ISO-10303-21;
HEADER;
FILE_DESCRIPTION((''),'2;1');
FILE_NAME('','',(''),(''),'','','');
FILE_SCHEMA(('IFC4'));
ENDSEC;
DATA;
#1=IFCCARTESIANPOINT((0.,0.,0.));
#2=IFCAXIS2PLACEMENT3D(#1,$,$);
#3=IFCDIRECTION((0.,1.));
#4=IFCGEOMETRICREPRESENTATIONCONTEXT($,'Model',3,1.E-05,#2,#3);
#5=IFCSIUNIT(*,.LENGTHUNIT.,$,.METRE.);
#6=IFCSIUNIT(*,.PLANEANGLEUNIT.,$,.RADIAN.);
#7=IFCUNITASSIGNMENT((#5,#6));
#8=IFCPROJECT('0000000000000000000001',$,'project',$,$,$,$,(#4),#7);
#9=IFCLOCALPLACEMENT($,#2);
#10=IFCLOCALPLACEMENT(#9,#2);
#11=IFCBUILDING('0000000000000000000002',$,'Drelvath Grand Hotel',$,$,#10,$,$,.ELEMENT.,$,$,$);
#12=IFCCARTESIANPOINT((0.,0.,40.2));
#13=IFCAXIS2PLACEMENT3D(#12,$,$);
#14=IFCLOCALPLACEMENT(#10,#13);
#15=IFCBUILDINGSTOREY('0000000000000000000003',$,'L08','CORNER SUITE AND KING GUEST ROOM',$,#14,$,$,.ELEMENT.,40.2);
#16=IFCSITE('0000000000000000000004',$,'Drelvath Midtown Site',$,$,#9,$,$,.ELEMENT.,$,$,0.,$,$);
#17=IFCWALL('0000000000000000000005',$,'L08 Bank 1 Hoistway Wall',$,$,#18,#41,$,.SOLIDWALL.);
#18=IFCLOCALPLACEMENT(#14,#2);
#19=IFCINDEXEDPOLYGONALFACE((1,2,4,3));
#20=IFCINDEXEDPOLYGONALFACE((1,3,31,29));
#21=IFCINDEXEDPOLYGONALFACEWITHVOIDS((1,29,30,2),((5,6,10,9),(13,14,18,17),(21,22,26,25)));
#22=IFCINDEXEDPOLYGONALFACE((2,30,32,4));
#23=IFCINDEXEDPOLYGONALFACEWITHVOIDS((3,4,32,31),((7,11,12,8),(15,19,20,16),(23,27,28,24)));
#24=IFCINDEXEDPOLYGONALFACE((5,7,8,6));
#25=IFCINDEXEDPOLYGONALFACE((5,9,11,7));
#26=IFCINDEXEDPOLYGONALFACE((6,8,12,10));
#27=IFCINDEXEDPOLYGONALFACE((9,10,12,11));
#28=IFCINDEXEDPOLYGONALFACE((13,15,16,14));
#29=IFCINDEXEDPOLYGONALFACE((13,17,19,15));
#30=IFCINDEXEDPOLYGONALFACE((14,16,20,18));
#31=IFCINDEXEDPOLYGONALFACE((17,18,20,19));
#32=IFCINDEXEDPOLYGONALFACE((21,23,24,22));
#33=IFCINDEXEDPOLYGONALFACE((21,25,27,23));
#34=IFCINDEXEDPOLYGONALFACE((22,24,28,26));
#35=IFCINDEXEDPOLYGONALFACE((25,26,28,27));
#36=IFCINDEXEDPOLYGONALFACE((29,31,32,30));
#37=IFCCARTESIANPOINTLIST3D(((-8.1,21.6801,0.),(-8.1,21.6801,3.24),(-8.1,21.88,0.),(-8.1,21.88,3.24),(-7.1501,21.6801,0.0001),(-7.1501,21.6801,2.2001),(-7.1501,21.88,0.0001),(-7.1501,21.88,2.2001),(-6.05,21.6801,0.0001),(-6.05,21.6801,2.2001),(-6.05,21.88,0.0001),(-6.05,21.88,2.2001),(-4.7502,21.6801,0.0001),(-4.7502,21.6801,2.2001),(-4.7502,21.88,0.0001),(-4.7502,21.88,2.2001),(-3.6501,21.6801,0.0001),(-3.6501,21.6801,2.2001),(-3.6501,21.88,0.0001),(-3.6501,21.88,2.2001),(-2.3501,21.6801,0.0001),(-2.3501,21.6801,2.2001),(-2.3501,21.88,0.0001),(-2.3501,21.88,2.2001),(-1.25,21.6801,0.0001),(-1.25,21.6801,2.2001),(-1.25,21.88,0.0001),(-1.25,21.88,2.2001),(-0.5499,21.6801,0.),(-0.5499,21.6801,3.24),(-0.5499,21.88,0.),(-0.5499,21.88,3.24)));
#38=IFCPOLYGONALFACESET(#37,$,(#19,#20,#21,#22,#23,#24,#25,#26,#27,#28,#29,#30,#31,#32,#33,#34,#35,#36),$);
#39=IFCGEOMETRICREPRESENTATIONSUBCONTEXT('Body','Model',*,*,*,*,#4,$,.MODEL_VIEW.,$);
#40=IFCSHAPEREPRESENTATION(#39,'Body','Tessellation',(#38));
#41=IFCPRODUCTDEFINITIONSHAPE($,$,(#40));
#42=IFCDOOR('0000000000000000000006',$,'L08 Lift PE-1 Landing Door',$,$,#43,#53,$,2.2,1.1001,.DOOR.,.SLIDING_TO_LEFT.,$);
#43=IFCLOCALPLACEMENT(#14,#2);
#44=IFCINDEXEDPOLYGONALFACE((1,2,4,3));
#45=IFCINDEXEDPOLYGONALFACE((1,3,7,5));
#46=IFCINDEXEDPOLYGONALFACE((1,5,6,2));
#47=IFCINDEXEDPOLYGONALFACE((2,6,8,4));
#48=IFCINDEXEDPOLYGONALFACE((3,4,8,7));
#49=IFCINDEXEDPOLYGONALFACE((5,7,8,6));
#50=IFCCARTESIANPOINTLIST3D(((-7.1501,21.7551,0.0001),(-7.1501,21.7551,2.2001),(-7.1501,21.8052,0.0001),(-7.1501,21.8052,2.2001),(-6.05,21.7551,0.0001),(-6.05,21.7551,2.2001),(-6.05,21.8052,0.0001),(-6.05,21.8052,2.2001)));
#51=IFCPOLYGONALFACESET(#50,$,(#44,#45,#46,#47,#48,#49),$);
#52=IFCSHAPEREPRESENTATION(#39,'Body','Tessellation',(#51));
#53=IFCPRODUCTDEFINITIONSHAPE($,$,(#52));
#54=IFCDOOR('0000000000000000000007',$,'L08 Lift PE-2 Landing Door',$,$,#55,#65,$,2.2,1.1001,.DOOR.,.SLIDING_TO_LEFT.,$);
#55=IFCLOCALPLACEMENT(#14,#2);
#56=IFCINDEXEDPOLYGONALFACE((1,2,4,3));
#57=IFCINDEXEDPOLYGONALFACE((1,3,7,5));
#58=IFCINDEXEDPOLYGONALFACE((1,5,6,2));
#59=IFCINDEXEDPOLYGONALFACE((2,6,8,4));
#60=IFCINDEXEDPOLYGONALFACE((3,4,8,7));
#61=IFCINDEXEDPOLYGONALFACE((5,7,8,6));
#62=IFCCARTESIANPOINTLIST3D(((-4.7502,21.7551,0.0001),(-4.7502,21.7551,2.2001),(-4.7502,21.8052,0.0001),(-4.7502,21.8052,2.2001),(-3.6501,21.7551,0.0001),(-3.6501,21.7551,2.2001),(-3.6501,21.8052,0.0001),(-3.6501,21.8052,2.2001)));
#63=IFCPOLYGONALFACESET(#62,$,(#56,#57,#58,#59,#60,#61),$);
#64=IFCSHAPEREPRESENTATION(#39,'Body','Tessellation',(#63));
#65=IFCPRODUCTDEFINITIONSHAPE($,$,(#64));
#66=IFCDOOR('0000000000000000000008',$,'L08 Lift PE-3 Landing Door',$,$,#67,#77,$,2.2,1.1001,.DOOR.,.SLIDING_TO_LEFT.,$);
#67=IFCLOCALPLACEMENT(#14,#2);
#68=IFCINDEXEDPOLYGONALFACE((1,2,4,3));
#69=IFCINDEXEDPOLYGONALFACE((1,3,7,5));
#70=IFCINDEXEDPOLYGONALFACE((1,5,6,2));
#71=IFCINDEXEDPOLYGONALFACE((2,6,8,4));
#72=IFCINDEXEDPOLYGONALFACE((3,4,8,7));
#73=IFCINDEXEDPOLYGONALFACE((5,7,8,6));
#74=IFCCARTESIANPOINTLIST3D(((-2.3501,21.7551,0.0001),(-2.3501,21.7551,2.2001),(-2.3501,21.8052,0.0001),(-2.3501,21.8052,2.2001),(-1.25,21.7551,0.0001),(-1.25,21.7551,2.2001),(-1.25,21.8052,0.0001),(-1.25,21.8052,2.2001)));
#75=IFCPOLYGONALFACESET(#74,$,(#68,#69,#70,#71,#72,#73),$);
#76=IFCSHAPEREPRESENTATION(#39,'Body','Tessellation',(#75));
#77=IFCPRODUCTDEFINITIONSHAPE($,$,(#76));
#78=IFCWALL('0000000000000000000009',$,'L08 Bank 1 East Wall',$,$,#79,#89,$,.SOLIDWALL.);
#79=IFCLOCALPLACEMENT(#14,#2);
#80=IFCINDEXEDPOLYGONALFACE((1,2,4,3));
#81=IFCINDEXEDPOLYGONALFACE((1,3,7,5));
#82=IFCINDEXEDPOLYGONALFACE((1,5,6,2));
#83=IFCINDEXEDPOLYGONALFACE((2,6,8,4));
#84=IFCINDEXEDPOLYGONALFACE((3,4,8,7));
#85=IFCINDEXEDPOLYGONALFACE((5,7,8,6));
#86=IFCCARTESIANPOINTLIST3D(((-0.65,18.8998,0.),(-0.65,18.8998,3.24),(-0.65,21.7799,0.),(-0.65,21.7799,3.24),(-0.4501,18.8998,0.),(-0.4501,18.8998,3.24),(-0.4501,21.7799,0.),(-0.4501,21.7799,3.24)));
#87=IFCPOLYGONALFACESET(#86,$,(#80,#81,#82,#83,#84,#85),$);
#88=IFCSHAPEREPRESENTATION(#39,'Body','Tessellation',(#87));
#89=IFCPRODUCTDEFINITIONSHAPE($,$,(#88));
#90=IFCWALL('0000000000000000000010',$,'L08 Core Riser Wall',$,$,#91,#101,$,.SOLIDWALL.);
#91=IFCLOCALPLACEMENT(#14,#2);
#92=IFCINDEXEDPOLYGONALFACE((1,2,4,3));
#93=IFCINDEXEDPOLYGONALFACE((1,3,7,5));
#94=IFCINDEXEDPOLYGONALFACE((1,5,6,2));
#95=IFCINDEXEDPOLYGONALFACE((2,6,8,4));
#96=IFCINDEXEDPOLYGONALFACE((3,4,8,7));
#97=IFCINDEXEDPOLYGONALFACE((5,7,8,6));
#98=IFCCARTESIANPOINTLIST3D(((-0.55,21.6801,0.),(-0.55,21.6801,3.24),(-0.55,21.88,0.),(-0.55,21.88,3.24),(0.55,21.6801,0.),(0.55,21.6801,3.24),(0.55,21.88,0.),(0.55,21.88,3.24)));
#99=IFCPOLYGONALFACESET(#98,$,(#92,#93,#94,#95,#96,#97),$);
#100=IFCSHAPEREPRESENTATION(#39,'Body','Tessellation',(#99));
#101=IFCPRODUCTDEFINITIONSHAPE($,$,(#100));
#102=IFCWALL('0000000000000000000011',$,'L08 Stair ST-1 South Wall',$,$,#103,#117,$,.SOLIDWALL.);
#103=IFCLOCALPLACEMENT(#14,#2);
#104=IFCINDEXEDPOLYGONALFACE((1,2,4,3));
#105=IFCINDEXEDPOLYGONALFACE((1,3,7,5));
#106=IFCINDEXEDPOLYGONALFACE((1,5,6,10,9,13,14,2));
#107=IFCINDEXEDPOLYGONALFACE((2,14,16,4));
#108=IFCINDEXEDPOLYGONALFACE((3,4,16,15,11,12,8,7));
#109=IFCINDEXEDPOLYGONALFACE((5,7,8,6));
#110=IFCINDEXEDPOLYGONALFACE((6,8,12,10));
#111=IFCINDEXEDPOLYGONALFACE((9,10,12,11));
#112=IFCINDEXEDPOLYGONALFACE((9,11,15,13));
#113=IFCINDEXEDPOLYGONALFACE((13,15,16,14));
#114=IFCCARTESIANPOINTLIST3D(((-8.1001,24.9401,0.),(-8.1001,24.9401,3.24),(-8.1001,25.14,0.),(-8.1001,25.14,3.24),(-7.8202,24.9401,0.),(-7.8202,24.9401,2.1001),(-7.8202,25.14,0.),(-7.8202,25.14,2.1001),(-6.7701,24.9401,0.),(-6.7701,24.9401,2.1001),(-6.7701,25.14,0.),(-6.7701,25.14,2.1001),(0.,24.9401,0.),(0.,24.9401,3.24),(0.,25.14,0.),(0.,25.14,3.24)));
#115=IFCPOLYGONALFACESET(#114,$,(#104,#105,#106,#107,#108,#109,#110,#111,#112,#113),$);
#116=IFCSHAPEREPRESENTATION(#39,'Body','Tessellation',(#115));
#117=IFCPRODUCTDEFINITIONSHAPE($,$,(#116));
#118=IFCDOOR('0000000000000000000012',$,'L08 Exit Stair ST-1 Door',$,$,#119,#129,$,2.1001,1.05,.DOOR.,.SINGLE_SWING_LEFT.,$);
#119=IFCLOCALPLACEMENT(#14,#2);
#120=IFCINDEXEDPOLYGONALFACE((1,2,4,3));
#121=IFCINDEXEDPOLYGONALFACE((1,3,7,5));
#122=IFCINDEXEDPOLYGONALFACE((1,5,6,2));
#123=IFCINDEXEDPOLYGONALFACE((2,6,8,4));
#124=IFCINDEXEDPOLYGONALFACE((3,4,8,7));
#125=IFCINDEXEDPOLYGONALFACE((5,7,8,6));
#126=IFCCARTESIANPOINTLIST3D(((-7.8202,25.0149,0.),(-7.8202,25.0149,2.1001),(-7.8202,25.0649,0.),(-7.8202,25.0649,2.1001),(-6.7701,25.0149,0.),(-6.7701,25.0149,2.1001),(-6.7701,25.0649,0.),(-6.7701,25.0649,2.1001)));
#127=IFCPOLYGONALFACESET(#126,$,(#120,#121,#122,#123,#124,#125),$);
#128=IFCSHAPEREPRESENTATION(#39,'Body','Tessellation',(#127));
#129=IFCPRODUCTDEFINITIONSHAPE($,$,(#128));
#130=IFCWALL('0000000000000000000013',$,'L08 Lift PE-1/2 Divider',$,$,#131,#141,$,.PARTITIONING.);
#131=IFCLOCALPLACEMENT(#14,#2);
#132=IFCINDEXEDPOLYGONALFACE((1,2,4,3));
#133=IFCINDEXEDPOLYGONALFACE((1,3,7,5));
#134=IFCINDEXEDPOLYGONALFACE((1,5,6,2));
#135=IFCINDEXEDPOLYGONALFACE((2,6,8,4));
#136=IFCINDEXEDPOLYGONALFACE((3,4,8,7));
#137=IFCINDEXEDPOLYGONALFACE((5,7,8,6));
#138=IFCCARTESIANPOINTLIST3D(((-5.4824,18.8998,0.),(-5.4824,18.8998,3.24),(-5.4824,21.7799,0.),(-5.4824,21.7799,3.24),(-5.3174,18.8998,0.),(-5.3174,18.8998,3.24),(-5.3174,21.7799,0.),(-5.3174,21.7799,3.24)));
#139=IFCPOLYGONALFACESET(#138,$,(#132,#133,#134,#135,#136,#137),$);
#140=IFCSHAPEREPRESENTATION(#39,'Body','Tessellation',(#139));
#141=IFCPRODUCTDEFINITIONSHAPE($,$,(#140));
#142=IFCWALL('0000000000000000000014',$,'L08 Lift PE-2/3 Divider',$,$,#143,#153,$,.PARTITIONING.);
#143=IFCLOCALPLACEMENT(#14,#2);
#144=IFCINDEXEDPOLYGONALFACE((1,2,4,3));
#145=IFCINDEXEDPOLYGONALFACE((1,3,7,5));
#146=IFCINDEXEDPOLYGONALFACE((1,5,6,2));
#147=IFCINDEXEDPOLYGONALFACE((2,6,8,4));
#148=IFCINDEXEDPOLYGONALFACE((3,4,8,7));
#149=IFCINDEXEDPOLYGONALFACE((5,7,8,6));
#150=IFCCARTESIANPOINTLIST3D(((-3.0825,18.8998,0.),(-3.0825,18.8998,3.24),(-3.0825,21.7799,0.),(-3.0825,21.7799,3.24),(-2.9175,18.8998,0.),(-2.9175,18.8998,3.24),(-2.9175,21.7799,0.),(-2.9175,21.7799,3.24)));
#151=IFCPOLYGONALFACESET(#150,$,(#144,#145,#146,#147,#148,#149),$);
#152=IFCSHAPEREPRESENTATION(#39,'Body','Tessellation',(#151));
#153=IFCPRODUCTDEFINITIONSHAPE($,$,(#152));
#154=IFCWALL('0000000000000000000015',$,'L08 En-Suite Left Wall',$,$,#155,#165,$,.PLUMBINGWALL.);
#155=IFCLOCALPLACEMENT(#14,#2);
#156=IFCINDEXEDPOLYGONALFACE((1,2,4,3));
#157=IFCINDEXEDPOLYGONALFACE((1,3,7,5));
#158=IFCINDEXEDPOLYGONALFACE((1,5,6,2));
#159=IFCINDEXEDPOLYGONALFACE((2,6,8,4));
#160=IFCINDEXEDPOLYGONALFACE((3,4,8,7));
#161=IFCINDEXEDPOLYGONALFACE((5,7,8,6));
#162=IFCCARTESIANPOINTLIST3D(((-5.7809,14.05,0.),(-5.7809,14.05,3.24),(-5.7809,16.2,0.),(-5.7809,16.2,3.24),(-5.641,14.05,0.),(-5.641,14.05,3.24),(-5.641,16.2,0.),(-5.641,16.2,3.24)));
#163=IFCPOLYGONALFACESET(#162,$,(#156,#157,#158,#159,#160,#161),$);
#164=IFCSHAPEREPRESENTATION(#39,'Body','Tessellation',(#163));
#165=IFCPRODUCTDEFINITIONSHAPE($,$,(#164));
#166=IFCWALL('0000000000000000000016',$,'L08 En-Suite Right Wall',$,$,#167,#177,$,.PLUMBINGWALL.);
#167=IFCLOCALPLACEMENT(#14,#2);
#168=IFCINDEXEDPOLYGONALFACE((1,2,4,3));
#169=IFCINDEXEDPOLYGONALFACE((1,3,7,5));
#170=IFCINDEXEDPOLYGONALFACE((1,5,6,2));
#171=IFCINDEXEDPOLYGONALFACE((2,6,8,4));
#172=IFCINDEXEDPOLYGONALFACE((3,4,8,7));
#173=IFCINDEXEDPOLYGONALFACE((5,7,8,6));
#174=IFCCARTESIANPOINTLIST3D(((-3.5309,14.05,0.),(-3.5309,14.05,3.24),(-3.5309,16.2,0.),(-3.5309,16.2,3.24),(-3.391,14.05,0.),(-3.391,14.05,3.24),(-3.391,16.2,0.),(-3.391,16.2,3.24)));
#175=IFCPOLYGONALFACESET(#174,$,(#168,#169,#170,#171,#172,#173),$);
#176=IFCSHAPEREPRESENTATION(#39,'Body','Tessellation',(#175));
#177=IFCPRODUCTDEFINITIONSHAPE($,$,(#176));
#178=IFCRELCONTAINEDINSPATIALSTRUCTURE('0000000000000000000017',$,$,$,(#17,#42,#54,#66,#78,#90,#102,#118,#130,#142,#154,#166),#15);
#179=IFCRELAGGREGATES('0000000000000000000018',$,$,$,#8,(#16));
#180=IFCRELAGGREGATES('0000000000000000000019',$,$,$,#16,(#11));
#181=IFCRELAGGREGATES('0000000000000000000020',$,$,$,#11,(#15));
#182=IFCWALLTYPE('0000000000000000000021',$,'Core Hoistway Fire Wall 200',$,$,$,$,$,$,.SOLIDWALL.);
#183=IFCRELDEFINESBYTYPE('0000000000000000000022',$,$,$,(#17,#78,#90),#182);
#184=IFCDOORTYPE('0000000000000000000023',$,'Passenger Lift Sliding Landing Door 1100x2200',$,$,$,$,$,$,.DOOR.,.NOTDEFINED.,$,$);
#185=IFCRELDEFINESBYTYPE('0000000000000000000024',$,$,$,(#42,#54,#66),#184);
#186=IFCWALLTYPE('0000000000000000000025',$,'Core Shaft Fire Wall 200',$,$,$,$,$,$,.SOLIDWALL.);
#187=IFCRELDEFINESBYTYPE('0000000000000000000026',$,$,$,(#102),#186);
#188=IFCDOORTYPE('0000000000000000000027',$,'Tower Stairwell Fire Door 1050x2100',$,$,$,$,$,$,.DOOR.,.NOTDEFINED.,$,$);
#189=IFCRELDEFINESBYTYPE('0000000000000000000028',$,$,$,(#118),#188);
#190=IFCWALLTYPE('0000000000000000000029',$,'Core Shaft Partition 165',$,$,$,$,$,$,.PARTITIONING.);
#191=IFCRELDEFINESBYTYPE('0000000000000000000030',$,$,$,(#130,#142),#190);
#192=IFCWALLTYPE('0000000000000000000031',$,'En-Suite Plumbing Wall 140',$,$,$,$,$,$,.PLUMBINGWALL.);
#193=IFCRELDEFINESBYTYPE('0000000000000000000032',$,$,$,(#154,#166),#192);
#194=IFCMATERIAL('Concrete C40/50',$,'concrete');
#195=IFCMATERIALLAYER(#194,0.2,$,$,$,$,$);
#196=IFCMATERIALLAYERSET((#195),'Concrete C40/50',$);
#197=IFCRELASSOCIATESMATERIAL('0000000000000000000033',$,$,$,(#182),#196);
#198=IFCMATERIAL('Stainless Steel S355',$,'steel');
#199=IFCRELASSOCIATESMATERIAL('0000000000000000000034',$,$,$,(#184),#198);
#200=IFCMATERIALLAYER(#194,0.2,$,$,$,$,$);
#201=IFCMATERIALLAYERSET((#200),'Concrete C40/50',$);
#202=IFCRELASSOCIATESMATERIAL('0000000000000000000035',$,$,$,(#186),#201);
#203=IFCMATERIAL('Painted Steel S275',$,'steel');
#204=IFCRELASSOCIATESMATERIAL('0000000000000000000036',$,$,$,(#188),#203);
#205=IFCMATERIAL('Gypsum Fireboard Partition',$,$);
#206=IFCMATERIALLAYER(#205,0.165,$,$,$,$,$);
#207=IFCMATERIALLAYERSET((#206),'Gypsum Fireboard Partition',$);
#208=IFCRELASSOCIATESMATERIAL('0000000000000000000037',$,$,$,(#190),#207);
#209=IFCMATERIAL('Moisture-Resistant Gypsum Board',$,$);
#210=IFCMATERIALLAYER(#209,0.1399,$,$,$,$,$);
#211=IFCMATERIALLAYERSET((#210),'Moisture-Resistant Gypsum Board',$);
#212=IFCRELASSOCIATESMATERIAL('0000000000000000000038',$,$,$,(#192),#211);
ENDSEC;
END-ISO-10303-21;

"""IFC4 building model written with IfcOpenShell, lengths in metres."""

from ifc_helpers import new_model, si_unit, direction, frame, frame_2d, origin, place, context, subcontext, project, spatial, rectangle, extrude, material, layer, layer_set, type_object, element, fill, save


model = new_model("IFC4")

# Units and contexts
model_context = context("Model", 3, precision=1e-05, world=origin(), true_north=direction((0.0, 1.0)))
body_context = subcontext(model_context, "Body", "Model", "MODEL_VIEW")
ifc_project = project(units=[si_unit("LENGTHUNIT", "METRE"), si_unit("PLANEANGLEUNIT", "RADIAN")], contexts=[model_context])

# Site, building, storey
site_placement = place(None, origin())
site = spatial("IfcSite", under=ifc_project, at=site_placement, Name="Drelvath Midtown Site", CompositionType="ELEMENT", RefElevation=0.0)
building_placement = place(site_placement, origin())
building = spatial("IfcBuilding", under=site, at=building_placement, Name="Drelvath Grand Hotel", CompositionType="ELEMENT")
storey_placement = place(building_placement, frame((0.0, 0.0, 40.2)))
storey = spatial("IfcBuildingStorey", under=building, at=storey_placement, Name="L08", Description="CORNER SUITE AND KING GUEST ROOM", CompositionType="ELEMENT", Elevation=40.2)

# Wall, openings, doors
ifc_material_1 = material(Name="Concrete C40/50", Category="concrete")
ifc_layer_1 = layer(ifc_material_1, 0.2)
ifc_layer_set_1 = layer_set([ifc_layer_1], Name="Concrete C40/50")
wall_type_1 = type_object("IfcWallType", Name="Core Hoistway Fire Wall 200", PredefinedType="SOLIDWALL", material=ifc_layer_set_1)
wall_1_placement = place(storey_placement, frame((-0.55, 21.78, 0.0), z_axis=(0.0, 0.0, 1.0), x_axis=(-1.0, 0.0, 0.0)))
wall_1 = element("IfcWall", 1, at=wall_1_placement, inside=storey, type_object=wall_type_1, Name="L08 Bank 1 Hoistway Wall", PredefinedType="SOLIDWALL", context=body_context, shape_type="SweptSolid", body=[
    extrude(rectangle(XDim=7.55, YDim=0.2, at=frame_2d((3.7749, 0.0))), origin(), (0.0, 0.0, 1.0), 3.24),
])
opening_1_placement = place(wall_1_placement, frame((5.5, 0.0, 0.0)))
opening_1 = element("IfcOpeningElement", 2, at=opening_1_placement, cuts=wall_1, PredefinedType="OPENING", context=body_context, shape_type="SweptSolid", body=[
    extrude(rectangle(XDim=1.1001, YDim=2.2, at=frame_2d((0.55, 1.1001))), frame((0.0, 0.1099, 0.0), z_axis=(0.0, -1.0, 0.0), x_axis=(1.0, 0.0, 0.0)), (0.0, 0.0, 1.0), 0.22),
])
opening_2_placement = place(wall_1_placement, frame((3.1001, 0.0, 0.0)))
opening_2 = element("IfcOpeningElement", 3, at=opening_2_placement, cuts=wall_1, PredefinedType="OPENING", context=body_context, shape_type="SweptSolid", body=[
    extrude(rectangle(XDim=1.1001, YDim=2.2, at=frame_2d((0.55, 1.1001))), frame((0.0, 0.1099, 0.0), z_axis=(0.0, -1.0, 0.0), x_axis=(1.0, 0.0, 0.0)), (0.0, 0.0, 1.0), 0.22),
])
opening_3_placement = place(wall_1_placement, frame((0.7, 0.0, 0.0)))
opening_3 = element("IfcOpeningElement", 4, at=opening_3_placement, cuts=wall_1, PredefinedType="OPENING", context=body_context, shape_type="SweptSolid", body=[
    extrude(rectangle(XDim=1.1001, YDim=2.2, at=frame_2d((0.55, 1.1001))), frame((0.0, 0.1099, 0.0), z_axis=(0.0, -1.0, 0.0), x_axis=(1.0, 0.0, 0.0)), (0.0, 0.0, 1.0), 0.22),
])
ifc_material_2 = material(Name="Stainless Steel S355", Category="steel")
door_type_1 = type_object("IfcDoorType", Name="Passenger Lift Sliding Landing Door 1100x2200", OperationType="NOTDEFINED", PredefinedType="DOOR", material=ifc_material_2)
door_1_placement = place(opening_1_placement, origin())
door_1 = element("IfcDoor", 5, at=door_1_placement, inside=storey, type_object=door_type_1, Name="L08 Lift PE-1 Landing Door", OperationType="SLIDING_TO_LEFT", OverallHeight=2.2, OverallWidth=1.1001, PredefinedType="DOOR", context=body_context, shape_type="SweptSolid", body=[
    extrude(rectangle(XDim=1.1001, YDim=2.2, at=frame_2d((0.55, 1.1001))), frame((0.0, 0.0249, 0.0), z_axis=(0.0, -1.0, 0.0), x_axis=(1.0, 0.0, 0.0)), (0.0, 0.0, 1.0), 0.05),
])
fill(opening_1, door_1)
door_2_placement = place(opening_2_placement, origin())
door_2 = element("IfcDoor", 6, at=door_2_placement, inside=storey, type_object=door_type_1, Name="L08 Lift PE-2 Landing Door", OperationType="SLIDING_TO_LEFT", OverallHeight=2.2, OverallWidth=1.1001, PredefinedType="DOOR", context=body_context, shape_type="SweptSolid", body=[
    extrude(rectangle(XDim=1.1001, YDim=2.2, at=frame_2d((0.55, 1.1001))), frame((0.0, 0.0249, 0.0), z_axis=(0.0, -1.0, 0.0), x_axis=(1.0, 0.0, 0.0)), (0.0, 0.0, 1.0), 0.05),
])
fill(opening_2, door_2)
door_3_placement = place(opening_3_placement, origin())
door_3 = element("IfcDoor", 7, at=door_3_placement, inside=storey, type_object=door_type_1, Name="L08 Lift PE-3 Landing Door", OperationType="SLIDING_TO_LEFT", OverallHeight=2.2, OverallWidth=1.1001, PredefinedType="DOOR", context=body_context, shape_type="SweptSolid", body=[
    extrude(rectangle(XDim=1.1001, YDim=2.2, at=frame_2d((0.55, 1.1001))), frame((0.0, 0.0249, 0.0), z_axis=(0.0, -1.0, 0.0), x_axis=(1.0, 0.0, 0.0)), (0.0, 0.0, 1.0), 0.05),
])
fill(opening_3, door_3)

# Walls
wall_2_placement = place(storey_placement, frame((-0.55, 18.8999, 0.0), z_axis=(0.0, 0.0, 1.0), x_axis=(0.0, 1.0, 0.0)))
element("IfcWall", 8, at=wall_2_placement, inside=storey, type_object=wall_type_1, Name="L08 Bank 1 East Wall", PredefinedType="SOLIDWALL", context=body_context, shape_type="SweptSolid", body=[
    extrude(rectangle(XDim=2.8801, YDim=0.2, at=frame_2d((1.4399, 0.0))), origin(), (0.0, 0.0, 1.0), 3.24),
])
wall_3_placement = place(storey_placement, frame((-0.55, 21.78, 0.0), z_axis=(0.0, 0.0, 1.0), x_axis=(1.0, 0.0, 0.0)))
element("IfcWall", 9, at=wall_3_placement, inside=storey, type_object=wall_type_1, Name="L08 Core Riser Wall", PredefinedType="SOLIDWALL", context=body_context, shape_type="SweptSolid", body=[
    extrude(rectangle(XDim=1.1001, YDim=0.2, at=frame_2d((0.55, 0.0))), origin(), (0.0, 0.0, 1.0), 3.24),
])

# Wall, opening, door
ifc_layer_2 = layer(ifc_material_1, 0.2)
ifc_layer_set_2 = layer_set([ifc_layer_2], Name="Concrete C40/50")
wall_type_2 = type_object("IfcWallType", Name="Core Shaft Fire Wall 200", PredefinedType="SOLIDWALL", material=ifc_layer_set_2)
wall_4_placement = place(storey_placement, frame((-8.1001, 25.04, 0.0), z_axis=(0.0, 0.0, 1.0), x_axis=(1.0, 0.0, 0.0)))
wall_4 = element("IfcWall", 10, at=wall_4_placement, inside=storey, type_object=wall_type_2, Name="L08 Stair ST-1 South Wall", PredefinedType="SOLIDWALL", context=body_context, shape_type="SweptSolid", body=[
    extrude(rectangle(XDim=8.1001, YDim=0.2, at=frame_2d((4.05, 0.0))), origin(), (0.0, 0.0, 1.0), 3.24),
])
opening_4_placement = place(wall_4_placement, frame((0.28, 0.0, 0.0)))
opening_4 = element("IfcOpeningElement", 11, at=opening_4_placement, cuts=wall_4, PredefinedType="OPENING", context=body_context, shape_type="SweptSolid", body=[
    extrude(rectangle(XDim=1.05, YDim=2.1001, at=frame_2d((0.5249, 1.05))), frame((0.0, 0.1099, 0.0), z_axis=(0.0, -1.0, 0.0), x_axis=(1.0, 0.0, 0.0)), (0.0, 0.0, 1.0), 0.22),
])
ifc_material_3 = material(Name="Painted Steel S275", Category="steel")
door_type_2 = type_object("IfcDoorType", Name="Tower Stairwell Fire Door 1050x2100", OperationType="NOTDEFINED", PredefinedType="DOOR", material=ifc_material_3)
door_4_placement = place(opening_4_placement, origin())
door_4 = element("IfcDoor", 12, at=door_4_placement, inside=storey, type_object=door_type_2, Name="L08 Exit Stair ST-1 Door", OperationType="SINGLE_SWING_LEFT", OverallHeight=2.1001, OverallWidth=1.05, PredefinedType="DOOR", context=body_context, shape_type="SweptSolid", body=[
    extrude(rectangle(XDim=1.05, YDim=2.1001, at=frame_2d((0.5249, 1.05))), frame((0.0, 0.0249, 0.0), z_axis=(0.0, -1.0, 0.0), x_axis=(1.0, 0.0, 0.0)), (0.0, 0.0, 1.0), 0.05),
])
fill(opening_4, door_4)

# Walls
ifc_material_4 = material(Name="Gypsum Fireboard Partition")
ifc_layer_3 = layer(ifc_material_4, 0.165)
ifc_layer_set_3 = layer_set([ifc_layer_3], Name="Gypsum Fireboard Partition")
wall_type_3 = type_object("IfcWallType", Name="Core Shaft Partition 165", PredefinedType="PARTITIONING", material=ifc_layer_set_3)
for number, where, z_axis, x_axis, name in (
    (13, (-5.3999, 18.8999, 0.0), (0.0, 0.0, 1.0), (0.0, 1.0, 0.0), "L08 Lift PE-1/2 Divider"),
    (14, (-3.0, 18.8999, 0.0), (0.0, 0.0, 1.0), (0.0, 1.0, 0.0), "L08 Lift PE-2/3 Divider"),
):
    element("IfcWall", number, at=place(storey_placement, frame(where, z_axis=z_axis, x_axis=x_axis)), inside=storey, type_object=wall_type_3, Name=name, PredefinedType="PARTITIONING", context=body_context, shape_type="SweptSolid", body=[
        extrude(rectangle(XDim=2.8801, YDim=0.165, at=frame_2d((1.4399, 0.0))), origin(), (0.0, 0.0, 1.0), 3.24),
    ])
ifc_material_5 = material(Name="Moisture-Resistant Gypsum Board")
ifc_layer_4 = layer(ifc_material_5, 0.1399)
ifc_layer_set_4 = layer_set([ifc_layer_4], Name="Moisture-Resistant Gypsum Board")
wall_type_4 = type_object("IfcWallType", Name="En-Suite Plumbing Wall 140", PredefinedType="PLUMBINGWALL", material=ifc_layer_set_4)
for number, where, z_axis, x_axis, name in (
    (15, (-5.7109, 16.2, 0.0), (0.0, 0.0, 1.0), (0.0, -1.0, 0.0), "L08 En-Suite Left Wall"),
    (16, (-3.4609, 16.2, 0.0), (0.0, 0.0, 1.0), (0.0, -1.0, 0.0), "L08 En-Suite Right Wall"),
):
    element("IfcWall", number, at=place(storey_placement, frame(where, z_axis=z_axis, x_axis=x_axis)), inside=storey, type_object=wall_type_4, Name=name, PredefinedType="PLUMBINGWALL", context=body_context, shape_type="SweptSolid", body=[
        extrude(rectangle(XDim=2.1499, YDim=0.1399, at=frame_2d((1.075, 0.0))), origin(), (0.0, 0.0, 1.0), 3.24),
    ])

save(model, "model.ifc")
